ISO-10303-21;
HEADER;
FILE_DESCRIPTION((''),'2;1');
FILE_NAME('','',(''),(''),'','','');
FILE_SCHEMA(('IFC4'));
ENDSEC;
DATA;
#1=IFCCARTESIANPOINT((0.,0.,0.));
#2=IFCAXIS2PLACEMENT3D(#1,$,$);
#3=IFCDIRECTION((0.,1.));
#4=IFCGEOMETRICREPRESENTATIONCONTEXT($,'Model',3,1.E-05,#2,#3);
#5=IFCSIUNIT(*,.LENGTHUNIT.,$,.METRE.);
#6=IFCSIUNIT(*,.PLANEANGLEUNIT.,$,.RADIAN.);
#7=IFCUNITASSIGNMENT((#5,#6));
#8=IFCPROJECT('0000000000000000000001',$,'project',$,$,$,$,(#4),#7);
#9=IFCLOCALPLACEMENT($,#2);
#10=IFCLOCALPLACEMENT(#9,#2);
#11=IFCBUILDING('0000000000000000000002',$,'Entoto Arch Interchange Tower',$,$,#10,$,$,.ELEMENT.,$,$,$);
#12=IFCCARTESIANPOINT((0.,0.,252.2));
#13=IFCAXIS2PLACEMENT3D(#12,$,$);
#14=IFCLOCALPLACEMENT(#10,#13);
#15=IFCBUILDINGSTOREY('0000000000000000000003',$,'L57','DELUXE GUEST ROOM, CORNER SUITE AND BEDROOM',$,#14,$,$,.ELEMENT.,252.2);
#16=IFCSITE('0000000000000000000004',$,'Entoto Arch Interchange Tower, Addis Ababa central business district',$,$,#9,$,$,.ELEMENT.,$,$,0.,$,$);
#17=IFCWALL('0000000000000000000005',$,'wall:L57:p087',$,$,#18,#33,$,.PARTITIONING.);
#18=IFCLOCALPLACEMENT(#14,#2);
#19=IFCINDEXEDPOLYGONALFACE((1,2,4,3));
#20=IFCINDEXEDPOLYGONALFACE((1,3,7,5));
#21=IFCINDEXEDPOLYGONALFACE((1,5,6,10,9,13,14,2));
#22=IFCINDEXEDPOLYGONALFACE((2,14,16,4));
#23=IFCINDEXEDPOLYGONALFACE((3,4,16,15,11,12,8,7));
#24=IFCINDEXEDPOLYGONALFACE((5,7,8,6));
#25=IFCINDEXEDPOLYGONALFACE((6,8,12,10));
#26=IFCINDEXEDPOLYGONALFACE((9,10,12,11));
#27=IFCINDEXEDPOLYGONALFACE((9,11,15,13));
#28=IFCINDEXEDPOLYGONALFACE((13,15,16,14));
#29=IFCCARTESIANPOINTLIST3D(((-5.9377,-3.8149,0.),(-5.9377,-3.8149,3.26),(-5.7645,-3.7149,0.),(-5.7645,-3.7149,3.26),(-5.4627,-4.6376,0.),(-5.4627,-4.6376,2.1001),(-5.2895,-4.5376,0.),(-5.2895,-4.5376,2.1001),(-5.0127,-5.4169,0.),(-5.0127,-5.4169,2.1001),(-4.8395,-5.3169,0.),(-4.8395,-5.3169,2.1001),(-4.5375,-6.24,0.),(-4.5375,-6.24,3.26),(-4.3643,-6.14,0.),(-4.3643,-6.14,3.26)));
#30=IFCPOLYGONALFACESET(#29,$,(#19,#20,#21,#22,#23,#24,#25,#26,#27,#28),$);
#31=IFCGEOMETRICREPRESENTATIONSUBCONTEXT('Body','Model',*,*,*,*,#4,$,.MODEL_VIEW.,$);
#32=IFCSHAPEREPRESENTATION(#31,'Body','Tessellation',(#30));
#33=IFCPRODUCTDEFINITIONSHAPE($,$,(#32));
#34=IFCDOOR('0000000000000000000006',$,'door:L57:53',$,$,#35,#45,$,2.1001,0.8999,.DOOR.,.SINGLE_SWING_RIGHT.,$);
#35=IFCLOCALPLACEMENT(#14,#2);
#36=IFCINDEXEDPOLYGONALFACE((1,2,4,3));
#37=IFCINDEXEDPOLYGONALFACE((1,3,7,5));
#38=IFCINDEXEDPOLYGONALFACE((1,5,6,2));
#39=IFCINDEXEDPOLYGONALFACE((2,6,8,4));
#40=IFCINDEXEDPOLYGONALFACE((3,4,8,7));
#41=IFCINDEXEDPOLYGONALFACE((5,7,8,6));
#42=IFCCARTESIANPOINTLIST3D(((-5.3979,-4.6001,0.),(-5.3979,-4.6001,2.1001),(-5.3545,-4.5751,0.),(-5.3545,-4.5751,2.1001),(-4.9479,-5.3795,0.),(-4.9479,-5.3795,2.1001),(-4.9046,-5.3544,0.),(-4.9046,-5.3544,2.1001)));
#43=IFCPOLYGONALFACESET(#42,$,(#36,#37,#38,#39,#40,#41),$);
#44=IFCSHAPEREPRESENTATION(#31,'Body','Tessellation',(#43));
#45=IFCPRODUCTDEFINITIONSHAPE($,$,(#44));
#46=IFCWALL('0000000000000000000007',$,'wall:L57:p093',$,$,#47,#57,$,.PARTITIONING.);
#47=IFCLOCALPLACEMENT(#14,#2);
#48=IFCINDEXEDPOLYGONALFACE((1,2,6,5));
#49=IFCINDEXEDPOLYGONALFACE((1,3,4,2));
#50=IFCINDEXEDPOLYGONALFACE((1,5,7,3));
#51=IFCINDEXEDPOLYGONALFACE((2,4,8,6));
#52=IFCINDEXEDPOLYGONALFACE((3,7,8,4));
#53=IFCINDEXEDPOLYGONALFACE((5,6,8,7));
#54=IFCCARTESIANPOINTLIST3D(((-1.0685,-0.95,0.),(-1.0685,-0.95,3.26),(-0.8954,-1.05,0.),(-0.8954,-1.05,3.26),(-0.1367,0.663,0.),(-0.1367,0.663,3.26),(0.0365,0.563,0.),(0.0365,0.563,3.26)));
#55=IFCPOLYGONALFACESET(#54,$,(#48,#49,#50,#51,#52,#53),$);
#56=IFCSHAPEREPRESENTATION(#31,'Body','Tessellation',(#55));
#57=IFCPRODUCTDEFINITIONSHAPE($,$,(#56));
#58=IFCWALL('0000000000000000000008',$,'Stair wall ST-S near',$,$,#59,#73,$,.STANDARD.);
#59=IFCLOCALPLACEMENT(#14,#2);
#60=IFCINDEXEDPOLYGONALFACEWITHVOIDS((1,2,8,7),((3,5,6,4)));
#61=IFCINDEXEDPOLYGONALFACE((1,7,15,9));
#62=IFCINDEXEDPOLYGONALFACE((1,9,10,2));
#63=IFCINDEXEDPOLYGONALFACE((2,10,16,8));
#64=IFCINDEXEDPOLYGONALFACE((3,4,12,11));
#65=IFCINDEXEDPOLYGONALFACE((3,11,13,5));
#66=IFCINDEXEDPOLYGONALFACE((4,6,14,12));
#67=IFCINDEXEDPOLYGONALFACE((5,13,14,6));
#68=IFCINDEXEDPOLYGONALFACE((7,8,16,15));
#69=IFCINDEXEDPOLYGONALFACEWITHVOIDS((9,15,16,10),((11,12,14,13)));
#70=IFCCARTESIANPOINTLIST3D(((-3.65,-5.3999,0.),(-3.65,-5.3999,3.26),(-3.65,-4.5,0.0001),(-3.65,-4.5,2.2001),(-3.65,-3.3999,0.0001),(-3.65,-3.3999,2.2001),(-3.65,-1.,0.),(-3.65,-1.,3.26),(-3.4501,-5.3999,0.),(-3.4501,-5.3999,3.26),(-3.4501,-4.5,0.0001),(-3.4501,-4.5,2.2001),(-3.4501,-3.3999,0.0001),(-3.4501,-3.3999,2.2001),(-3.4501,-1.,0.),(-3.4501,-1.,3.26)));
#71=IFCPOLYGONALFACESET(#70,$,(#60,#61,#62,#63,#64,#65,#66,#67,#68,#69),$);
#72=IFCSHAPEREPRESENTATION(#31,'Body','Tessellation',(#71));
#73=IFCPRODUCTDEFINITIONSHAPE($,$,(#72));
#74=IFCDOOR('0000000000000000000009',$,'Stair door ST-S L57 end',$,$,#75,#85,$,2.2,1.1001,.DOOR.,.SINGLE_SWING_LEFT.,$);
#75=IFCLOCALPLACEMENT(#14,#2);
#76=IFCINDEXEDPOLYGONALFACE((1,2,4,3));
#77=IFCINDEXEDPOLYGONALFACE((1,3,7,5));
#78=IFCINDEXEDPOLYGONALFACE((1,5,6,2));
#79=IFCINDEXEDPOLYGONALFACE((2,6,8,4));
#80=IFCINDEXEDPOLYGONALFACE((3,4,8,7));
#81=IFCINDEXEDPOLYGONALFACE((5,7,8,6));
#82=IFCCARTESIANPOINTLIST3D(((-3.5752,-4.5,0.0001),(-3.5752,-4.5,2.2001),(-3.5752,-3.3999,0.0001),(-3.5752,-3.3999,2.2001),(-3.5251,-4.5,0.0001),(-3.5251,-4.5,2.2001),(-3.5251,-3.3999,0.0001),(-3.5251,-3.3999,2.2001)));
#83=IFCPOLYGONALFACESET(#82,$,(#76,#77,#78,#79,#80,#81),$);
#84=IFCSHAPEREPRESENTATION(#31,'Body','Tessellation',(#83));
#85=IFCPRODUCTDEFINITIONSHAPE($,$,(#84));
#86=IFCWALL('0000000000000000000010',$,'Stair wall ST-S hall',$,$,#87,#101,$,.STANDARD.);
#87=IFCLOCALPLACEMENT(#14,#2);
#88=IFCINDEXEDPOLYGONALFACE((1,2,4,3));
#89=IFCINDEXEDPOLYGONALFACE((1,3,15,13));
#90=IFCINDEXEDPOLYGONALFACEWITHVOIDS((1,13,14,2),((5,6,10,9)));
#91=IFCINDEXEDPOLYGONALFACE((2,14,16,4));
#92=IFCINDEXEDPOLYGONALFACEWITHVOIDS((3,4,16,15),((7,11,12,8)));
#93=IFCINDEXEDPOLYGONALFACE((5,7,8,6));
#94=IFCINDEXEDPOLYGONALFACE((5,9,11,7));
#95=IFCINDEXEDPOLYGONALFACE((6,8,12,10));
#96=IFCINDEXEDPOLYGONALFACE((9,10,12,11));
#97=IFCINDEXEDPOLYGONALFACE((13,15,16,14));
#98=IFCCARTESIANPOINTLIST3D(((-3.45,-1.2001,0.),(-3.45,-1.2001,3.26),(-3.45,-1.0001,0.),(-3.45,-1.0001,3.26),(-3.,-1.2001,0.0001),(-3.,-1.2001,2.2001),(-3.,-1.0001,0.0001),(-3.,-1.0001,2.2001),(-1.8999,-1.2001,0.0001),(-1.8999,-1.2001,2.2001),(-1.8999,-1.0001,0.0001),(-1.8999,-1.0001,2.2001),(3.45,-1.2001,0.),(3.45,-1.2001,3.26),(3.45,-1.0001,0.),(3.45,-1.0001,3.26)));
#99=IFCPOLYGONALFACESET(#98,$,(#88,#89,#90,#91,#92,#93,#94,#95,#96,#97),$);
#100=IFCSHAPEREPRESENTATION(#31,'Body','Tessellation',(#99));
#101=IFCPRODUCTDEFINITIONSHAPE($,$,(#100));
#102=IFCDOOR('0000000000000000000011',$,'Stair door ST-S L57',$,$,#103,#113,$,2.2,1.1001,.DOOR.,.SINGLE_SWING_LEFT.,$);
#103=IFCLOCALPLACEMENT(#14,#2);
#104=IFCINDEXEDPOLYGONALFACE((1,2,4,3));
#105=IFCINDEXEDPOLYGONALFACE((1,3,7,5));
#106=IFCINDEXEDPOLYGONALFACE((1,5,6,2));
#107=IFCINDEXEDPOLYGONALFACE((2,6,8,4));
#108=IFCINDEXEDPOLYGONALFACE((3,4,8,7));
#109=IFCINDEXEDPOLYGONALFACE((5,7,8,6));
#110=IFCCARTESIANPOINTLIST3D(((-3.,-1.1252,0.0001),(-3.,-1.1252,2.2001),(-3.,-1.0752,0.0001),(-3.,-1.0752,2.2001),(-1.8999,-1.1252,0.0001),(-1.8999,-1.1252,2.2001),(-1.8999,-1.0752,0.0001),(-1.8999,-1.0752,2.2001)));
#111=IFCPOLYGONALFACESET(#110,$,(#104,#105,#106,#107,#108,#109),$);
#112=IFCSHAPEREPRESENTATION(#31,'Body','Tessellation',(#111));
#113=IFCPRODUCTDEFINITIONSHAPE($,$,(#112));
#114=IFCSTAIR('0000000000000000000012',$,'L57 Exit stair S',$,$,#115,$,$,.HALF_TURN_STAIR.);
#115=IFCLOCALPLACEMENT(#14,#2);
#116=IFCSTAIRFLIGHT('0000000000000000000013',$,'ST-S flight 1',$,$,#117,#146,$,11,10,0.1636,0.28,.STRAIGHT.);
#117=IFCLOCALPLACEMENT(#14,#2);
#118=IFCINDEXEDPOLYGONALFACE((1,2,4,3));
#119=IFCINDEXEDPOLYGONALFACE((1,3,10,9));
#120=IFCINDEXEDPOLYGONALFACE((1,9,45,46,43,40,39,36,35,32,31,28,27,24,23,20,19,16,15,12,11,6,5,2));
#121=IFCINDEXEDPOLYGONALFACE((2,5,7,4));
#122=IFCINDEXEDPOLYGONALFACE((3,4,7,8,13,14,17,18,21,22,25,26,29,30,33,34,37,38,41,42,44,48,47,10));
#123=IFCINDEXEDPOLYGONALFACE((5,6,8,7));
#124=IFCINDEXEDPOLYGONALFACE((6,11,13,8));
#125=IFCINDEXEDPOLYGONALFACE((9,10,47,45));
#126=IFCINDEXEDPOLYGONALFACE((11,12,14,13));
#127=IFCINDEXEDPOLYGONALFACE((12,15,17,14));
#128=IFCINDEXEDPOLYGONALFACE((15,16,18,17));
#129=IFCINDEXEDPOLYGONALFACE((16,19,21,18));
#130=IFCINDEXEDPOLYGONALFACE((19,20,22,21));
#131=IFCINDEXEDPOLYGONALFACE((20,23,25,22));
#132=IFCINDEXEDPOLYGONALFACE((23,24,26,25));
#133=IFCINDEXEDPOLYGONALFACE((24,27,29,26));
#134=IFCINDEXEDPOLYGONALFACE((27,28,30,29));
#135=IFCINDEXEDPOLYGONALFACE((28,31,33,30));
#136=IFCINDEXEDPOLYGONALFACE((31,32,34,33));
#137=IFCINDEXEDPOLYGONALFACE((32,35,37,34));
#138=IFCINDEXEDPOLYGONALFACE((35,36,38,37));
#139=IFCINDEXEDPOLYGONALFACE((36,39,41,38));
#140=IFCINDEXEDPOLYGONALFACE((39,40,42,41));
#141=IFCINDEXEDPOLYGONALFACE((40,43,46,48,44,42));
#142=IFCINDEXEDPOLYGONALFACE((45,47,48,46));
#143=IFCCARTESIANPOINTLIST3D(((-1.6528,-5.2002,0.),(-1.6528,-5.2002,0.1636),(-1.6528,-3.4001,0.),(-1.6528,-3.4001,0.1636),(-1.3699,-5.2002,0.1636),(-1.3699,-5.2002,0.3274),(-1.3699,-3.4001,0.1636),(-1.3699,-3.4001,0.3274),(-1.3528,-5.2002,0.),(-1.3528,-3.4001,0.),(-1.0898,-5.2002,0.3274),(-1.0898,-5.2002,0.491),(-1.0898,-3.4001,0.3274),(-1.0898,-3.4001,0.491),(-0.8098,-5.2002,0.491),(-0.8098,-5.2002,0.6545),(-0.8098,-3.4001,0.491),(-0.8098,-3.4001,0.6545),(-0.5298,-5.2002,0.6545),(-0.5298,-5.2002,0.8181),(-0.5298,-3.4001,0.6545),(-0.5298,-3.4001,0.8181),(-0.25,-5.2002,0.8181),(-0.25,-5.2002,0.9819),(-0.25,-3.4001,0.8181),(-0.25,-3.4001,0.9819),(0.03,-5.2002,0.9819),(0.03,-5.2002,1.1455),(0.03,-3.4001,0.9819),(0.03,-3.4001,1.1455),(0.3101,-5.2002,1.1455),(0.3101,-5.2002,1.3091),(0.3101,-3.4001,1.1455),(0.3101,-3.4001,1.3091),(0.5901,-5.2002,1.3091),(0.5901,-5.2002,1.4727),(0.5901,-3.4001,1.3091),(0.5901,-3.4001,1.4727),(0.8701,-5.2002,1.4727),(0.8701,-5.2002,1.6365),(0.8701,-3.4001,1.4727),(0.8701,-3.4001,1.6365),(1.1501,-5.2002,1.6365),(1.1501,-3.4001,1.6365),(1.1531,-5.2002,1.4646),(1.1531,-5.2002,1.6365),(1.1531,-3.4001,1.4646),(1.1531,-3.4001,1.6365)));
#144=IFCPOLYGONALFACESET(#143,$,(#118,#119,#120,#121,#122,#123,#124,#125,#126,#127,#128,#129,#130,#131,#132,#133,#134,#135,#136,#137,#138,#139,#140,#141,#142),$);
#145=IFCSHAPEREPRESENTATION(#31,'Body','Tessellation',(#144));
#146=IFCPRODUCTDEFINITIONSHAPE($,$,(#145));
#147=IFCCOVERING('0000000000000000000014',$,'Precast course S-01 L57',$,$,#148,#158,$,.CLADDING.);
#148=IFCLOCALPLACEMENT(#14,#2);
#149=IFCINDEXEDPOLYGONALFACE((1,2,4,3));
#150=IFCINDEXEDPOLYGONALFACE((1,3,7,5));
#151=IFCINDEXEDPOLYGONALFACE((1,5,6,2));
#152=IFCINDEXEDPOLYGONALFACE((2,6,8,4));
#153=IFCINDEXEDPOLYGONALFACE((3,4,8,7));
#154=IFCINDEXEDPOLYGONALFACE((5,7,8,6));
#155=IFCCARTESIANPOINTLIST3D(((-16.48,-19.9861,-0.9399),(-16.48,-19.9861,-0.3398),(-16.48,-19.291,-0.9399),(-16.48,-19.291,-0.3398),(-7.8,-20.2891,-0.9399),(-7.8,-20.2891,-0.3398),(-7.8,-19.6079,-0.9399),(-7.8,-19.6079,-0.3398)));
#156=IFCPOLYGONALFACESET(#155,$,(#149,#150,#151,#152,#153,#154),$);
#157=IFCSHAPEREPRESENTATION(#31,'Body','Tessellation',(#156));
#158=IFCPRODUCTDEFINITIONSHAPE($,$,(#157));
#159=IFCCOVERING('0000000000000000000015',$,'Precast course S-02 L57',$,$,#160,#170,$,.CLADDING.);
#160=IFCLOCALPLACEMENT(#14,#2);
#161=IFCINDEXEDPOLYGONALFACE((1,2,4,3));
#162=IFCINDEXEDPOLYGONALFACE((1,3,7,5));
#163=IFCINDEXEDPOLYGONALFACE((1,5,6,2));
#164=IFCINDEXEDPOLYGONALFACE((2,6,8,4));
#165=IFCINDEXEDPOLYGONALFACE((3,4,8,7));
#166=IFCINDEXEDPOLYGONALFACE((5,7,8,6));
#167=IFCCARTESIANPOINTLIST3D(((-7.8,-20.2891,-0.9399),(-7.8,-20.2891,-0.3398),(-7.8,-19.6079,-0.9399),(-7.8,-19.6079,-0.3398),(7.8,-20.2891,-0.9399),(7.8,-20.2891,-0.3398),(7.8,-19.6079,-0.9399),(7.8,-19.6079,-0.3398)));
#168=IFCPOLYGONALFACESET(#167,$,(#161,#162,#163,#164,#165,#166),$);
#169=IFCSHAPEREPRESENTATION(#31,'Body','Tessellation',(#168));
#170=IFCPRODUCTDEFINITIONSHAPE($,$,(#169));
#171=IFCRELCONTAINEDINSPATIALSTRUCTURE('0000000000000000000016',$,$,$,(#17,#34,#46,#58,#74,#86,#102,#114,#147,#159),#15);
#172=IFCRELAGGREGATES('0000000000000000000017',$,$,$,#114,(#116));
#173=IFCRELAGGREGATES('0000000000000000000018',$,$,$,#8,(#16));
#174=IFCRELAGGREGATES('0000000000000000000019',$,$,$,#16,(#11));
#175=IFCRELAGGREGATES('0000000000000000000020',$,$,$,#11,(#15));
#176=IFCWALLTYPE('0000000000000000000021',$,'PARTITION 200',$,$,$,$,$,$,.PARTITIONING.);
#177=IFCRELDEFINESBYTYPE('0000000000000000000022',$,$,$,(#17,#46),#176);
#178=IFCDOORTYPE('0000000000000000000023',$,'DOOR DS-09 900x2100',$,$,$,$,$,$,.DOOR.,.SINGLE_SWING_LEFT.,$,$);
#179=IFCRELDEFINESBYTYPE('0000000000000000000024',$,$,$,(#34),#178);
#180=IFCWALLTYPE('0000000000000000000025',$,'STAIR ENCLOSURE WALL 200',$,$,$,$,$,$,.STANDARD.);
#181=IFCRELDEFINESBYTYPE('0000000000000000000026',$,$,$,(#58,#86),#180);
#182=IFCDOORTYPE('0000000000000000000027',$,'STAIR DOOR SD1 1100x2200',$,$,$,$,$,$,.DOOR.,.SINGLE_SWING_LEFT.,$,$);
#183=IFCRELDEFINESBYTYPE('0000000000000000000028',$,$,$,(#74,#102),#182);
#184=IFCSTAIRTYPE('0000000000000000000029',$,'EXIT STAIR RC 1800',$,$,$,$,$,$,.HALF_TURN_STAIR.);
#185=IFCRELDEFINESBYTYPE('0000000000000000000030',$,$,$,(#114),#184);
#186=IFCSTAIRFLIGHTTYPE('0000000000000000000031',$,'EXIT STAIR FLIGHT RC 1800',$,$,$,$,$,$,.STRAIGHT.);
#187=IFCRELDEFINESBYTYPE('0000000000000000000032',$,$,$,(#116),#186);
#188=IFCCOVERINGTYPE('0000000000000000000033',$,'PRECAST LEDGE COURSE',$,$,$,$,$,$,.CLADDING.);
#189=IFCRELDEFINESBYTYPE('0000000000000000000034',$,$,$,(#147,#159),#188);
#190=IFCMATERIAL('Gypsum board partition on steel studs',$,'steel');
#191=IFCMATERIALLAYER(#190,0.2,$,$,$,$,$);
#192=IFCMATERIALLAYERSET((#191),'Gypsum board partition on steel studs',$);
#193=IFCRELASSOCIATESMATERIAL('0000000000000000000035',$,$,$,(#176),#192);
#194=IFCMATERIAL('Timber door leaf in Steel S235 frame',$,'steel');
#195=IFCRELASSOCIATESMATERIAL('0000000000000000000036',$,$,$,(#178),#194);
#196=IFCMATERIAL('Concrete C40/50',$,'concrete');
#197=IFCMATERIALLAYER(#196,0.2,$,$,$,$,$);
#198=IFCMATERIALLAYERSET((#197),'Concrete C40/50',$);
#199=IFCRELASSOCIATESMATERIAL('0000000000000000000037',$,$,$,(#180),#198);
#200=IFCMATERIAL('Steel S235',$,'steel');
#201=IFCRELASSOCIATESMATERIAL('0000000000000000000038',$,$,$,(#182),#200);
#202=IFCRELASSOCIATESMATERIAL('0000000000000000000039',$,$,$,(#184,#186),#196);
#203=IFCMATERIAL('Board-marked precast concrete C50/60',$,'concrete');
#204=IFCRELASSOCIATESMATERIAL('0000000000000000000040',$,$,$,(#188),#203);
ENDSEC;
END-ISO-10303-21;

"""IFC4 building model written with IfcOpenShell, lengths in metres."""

from ifc_helpers import new_model, si_unit, direction, frame, frame_2d, origin, place, context, subcontext, project, spatial, polyline, rectangle, outline, extrude, material, layer, layer_set, type_object, element, fill, aggregate, save


model = new_model("IFC4")

# Units and contexts
model_context = context("Model", 3, precision=1e-05, world=origin(), true_north=direction((0.0, 1.0)))
body_context = subcontext(model_context, "Body", "Model", "MODEL_VIEW")
ifc_project = project(units=[si_unit("LENGTHUNIT", "METRE"), si_unit("PLANEANGLEUNIT", "RADIAN")], contexts=[model_context])

# Site, building, storey
site_placement = place(None, origin())
site = spatial("IfcSite", under=ifc_project, at=site_placement, Name="Entoto Arch Interchange Tower, Addis Ababa central business district", CompositionType="ELEMENT", RefElevation=0.0)
building_placement = place(site_placement, origin())
building = spatial("IfcBuilding", under=site, at=building_placement, Name="Entoto Arch Interchange Tower", CompositionType="ELEMENT")
storey_placement = place(building_placement, frame((0.0, 0.0, 252.2)))
storey = spatial("IfcBuildingStorey", under=building, at=storey_placement, Name="L57", Description="DELUXE GUEST ROOM, CORNER SUITE AND BEDROOM", CompositionType="ELEMENT", Elevation=252.2)

# Shared definitions
ifc_material_1 = material(Name="Concrete C40/50", Category="concrete")

# Shared definitions
ifc_material_2 = material(Name="Gypsum board partition on steel studs", Category="steel")
ifc_layer_1 = layer(ifc_material_2, 0.2)
ifc_layer_set_1 = layer_set([ifc_layer_1], Name="Gypsum board partition on steel studs")
wall_type_1 = type_object("IfcWallType", Name="PARTITION 200", PredefinedType="PARTITIONING", material=ifc_layer_set_1)

# Wall, opening, door
wall_1_placement = place(storey_placement, frame((-5.8511, -3.7649, 0.0), z_axis=(0.0, 0.0, 1.0), x_axis=(0.500012, -0.866019, 0.0)))
wall_1 = element("IfcWall", 1, at=wall_1_placement, inside=storey, type_object=wall_type_1, Name="wall:L57:p087", PredefinedType="PARTITIONING", context=body_context, shape_type="SweptSolid", body=[
    extrude(rectangle(XDim=2.8003, YDim=0.2, at=frame_2d((1.4001, 0.0))), origin(), (0.0, 0.0, 1.0), 3.26),
])
opening_1_placement = place(wall_1_placement, frame((0.95, 0.0, 0.0)))
opening_1 = element("IfcOpeningElement", 2, at=opening_1_placement, cuts=wall_1, PredefinedType="OPENING", context=body_context, shape_type="SweptSolid", body=[
    extrude(rectangle(XDim=0.8999, YDim=2.1001, at=frame_2d((0.45, 1.05))), frame((0.0, 0.1099, 0.0), z_axis=(0.0, -1.0, 0.0), x_axis=(1.0, 0.0, 0.0)), (0.0, 0.0, 1.0), 0.22),
])
ifc_material_3 = material(Name="Timber door leaf in Steel S235 frame", Category="steel")
door_type_1 = type_object("IfcDoorType", Name="DOOR DS-09 900x2100", OperationType="SINGLE_SWING_LEFT", PredefinedType="DOOR", material=ifc_material_3)
door_1_placement = place(opening_1_placement, origin())
door_1 = element("IfcDoor", 3, at=door_1_placement, inside=storey, type_object=door_type_1, Name="door:L57:53", OperationType="SINGLE_SWING_RIGHT", OverallHeight=2.1001, OverallWidth=0.8999, PredefinedType="DOOR", context=body_context, shape_type="SweptSolid", body=[
    extrude(rectangle(XDim=0.8999, YDim=2.1001, at=frame_2d((0.45, 1.05))), frame((0.0, 0.0249, 0.0), z_axis=(0.0, -1.0, 0.0), x_axis=(1.0, 0.0, 0.0)), (0.0, 0.0, 1.0), 0.05),
])
fill(opening_1, door_1)

# Wall
wall_2_placement = place(storey_placement, frame((-0.9819, -1.0, 0.0), z_axis=(0.0, 0.0, 1.0), x_axis=(0.50024, 0.865887, 0.0)))
element("IfcWall", 4, at=wall_2_placement, inside=storey, type_object=wall_type_1, Name="wall:L57:p093", PredefinedType="PARTITIONING", context=body_context, shape_type="SweptSolid", body=[
    extrude(rectangle(XDim=1.8628, YDim=0.2, at=frame_2d((0.9314, 0.0))), origin(), (0.0, 0.0, 1.0), 3.26),
])

# Walls, openings, doors
ifc_layer_2 = layer(ifc_material_1, 0.2)
ifc_layer_set_2 = layer_set([ifc_layer_2], Name="Concrete C40/50")
wall_type_2 = type_object("IfcWallType", Name="STAIR ENCLOSURE WALL 200", PredefinedType="STANDARD", material=ifc_layer_set_2)
wall_3_placement = place(storey_placement, frame((-3.55, -1.0, 0.0), z_axis=(0.0, 0.0, 1.0), x_axis=(0.0, -1.0, 0.0)))
wall_3 = element("IfcWall", 5, at=wall_3_placement, inside=storey, type_object=wall_type_2, Name="Stair wall ST-S near", PredefinedType="STANDARD", context=body_context, shape_type="SweptSolid", body=[
    extrude(rectangle(XDim=4.3999, YDim=0.2, at=frame_2d((2.2, 0.0))), origin(), (0.0, 0.0, 1.0), 3.26),
])
opening_2_placement = place(wall_3_placement, frame((2.3999, 0.0, 0.0)))
opening_2 = element("IfcOpeningElement", 6, at=opening_2_placement, cuts=wall_3, PredefinedType="OPENING", context=body_context, shape_type="SweptSolid", body=[
    extrude(rectangle(XDim=1.1001, YDim=2.2, at=frame_2d((0.55, 1.1001))), frame((0.0, 0.1099, 0.0), z_axis=(0.0, -1.0, 0.0), x_axis=(1.0, 0.0, 0.0)), (0.0, 0.0, 1.0), 0.22),
])
ifc_material_4 = material(Name="Steel S235", Category="steel")
door_type_2 = type_object("IfcDoorType", Name="STAIR DOOR SD1 1100x2200", OperationType="SINGLE_SWING_LEFT", PredefinedType="DOOR", material=ifc_material_4)
door_2_placement = place(opening_2_placement, origin())
door_2 = element("IfcDoor", 7, at=door_2_placement, inside=storey, type_object=door_type_2, Name="Stair door ST-S L57 end", OperationType="SINGLE_SWING_LEFT", OverallHeight=2.2, OverallWidth=1.1001, PredefinedType="DOOR", context=body_context, shape_type="SweptSolid", body=[
    extrude(rectangle(XDim=1.1001, YDim=2.2, at=frame_2d((0.55, 1.1001))), frame((0.0, 0.0249, 0.0), z_axis=(0.0, -1.0, 0.0), x_axis=(1.0, 0.0, 0.0)), (0.0, 0.0, 1.0), 0.05),
])
fill(opening_2, door_2)
wall_4_placement = place(storey_placement, frame((-3.45, -1.1001, 0.0), z_axis=(0.0, 0.0, 1.0), x_axis=(1.0, 0.0, 0.0)))
wall_4 = element("IfcWall", 8, at=wall_4_placement, inside=storey, type_object=wall_type_2, Name="Stair wall ST-S hall", PredefinedType="STANDARD", context=body_context, shape_type="SweptSolid", body=[
    extrude(rectangle(XDim=6.8999, YDim=0.2, at=frame_2d((3.45, 0.0))), origin(), (0.0, 0.0, 1.0), 3.26),
])
opening_3_placement = place(wall_4_placement, frame((0.45, 0.0, 0.0)))
opening_3 = element("IfcOpeningElement", 9, at=opening_3_placement, cuts=wall_4, PredefinedType="OPENING", context=body_context, shape_type="SweptSolid", body=[
    extrude(rectangle(XDim=1.1001, YDim=2.2, at=frame_2d((0.55, 1.1001))), frame((0.0, 0.1099, 0.0), z_axis=(0.0, -1.0, 0.0), x_axis=(1.0, 0.0, 0.0)), (0.0, 0.0, 1.0), 0.22),
])
door_3_placement = place(opening_3_placement, origin())
door_3 = element("IfcDoor", 10, at=door_3_placement, inside=storey, type_object=door_type_2, Name="Stair door ST-S L57", OperationType="SINGLE_SWING_LEFT", OverallHeight=2.2, OverallWidth=1.1001, PredefinedType="DOOR", context=body_context, shape_type="SweptSolid", body=[
    extrude(rectangle(XDim=1.1001, YDim=2.2, at=frame_2d((0.55, 1.1001))), frame((0.0, 0.0249, 0.0), z_axis=(0.0, -1.0, 0.0), x_axis=(1.0, 0.0, 0.0)), (0.0, 0.0, 1.0), 0.05),
])
fill(opening_3, door_3)

# Stair, stair flight
stair_type = type_object("IfcStairType", Name="EXIT STAIR RC 1800", PredefinedType="HALF_TURN_STAIR", material=ifc_material_1)
stair_placement = place(storey_placement, origin())
stair = element("IfcStair", 11, at=stair_placement, inside=storey, type_object=stair_type, Name="L57 Exit stair S", PredefinedType="HALF_TURN_STAIR")
stair_flight_type = type_object("IfcStairFlightType", Name="EXIT STAIR FLIGHT RC 1800", PredefinedType="STRAIGHT", material=ifc_material_1)
stair_flight_placement = place(storey_placement, frame((-1.6499, -4.3, 0.0), z_axis=(0.0, 0.0, 1.0), x_axis=(1.0, 0.0, 0.0)))
stair_flight = element("IfcStairFlight", 12, at=stair_flight_placement, type_object=stair_flight_type, Name="ST-S flight 1", NumberOfRisers=11, NumberOfTreads=10, PredefinedType="STRAIGHT", RiserHeight=0.1636, TreadLength=0.28, context=body_context, shape_type="SweptSolid", body=[
    extrude(outline(polyline([(-0.0029, 0.0), (-0.0029, 0.1636), (0.28, 0.1636), (0.28, 0.3274), (0.5601, 0.3274), (0.5601, 0.491), (0.8401, 0.491), (0.8401, 0.6545), (1.1201, 0.6545), (1.1201, 0.8181), (1.3999, 0.8181), (1.3999, 0.9819), (1.6799, 0.9819), (1.6799, 1.1455), (1.96, 1.1455), (1.96, 1.3091), (2.24, 1.3091), (2.24, 1.4727), (2.52, 1.4727), (2.52, 1.6365), (2.8, 1.6365), (2.803, 1.6365), (2.803, 1.4646), (0.2971, 0.0), (-0.0029, 0.0)])), frame((0.0, 0.8999, 0.0), z_axis=(0.0, -1.0, 0.0), x_axis=(1.0, 0.0, 0.0)), (0.0, 0.0, 1.0), 1.8),
])
aggregate(stair, [stair_flight])

# Coverings
ifc_material_5 = material(Name="Board-marked precast concrete C50/60", Category="concrete")
covering_type = type_object("IfcCoveringType", Name="PRECAST LEDGE COURSE", PredefinedType="CLADDING", material=ifc_material_5)
covering_1_placement = place(storey_placement, frame((0.0, 0.0, -0.9399)))
element("IfcCovering", 13, at=covering_1_placement, inside=storey, type_object=covering_type, Name="Precast course S-01 L57", PredefinedType="CLADDING", context=body_context, shape_type="SweptSolid", body=[
    extrude(outline(polyline([(-7.8, -19.6079), (-7.8, -20.2891), (-16.48, -19.9861), (-16.48, -19.291), (-7.8, -19.6079)])), origin(), (0.0, 0.0, 1.0), 0.6001),
])
covering_2_placement = place(storey_placement, frame((0.0, 0.0, -0.9399)))
element("IfcCovering", 14, at=covering_2_placement, inside=storey, type_object=covering_type, Name="Precast course S-02 L57", PredefinedType="CLADDING", context=body_context, shape_type="SweptSolid", body=[
    extrude(outline(polyline([(7.8, -19.6079), (7.8, -20.2891), (-7.8, -20.2891), (-7.8, -19.6079), (7.8, -19.6079)])), origin(), (0.0, 0.0, 1.0), 0.6001),
])

save(model, "model.ifc")
